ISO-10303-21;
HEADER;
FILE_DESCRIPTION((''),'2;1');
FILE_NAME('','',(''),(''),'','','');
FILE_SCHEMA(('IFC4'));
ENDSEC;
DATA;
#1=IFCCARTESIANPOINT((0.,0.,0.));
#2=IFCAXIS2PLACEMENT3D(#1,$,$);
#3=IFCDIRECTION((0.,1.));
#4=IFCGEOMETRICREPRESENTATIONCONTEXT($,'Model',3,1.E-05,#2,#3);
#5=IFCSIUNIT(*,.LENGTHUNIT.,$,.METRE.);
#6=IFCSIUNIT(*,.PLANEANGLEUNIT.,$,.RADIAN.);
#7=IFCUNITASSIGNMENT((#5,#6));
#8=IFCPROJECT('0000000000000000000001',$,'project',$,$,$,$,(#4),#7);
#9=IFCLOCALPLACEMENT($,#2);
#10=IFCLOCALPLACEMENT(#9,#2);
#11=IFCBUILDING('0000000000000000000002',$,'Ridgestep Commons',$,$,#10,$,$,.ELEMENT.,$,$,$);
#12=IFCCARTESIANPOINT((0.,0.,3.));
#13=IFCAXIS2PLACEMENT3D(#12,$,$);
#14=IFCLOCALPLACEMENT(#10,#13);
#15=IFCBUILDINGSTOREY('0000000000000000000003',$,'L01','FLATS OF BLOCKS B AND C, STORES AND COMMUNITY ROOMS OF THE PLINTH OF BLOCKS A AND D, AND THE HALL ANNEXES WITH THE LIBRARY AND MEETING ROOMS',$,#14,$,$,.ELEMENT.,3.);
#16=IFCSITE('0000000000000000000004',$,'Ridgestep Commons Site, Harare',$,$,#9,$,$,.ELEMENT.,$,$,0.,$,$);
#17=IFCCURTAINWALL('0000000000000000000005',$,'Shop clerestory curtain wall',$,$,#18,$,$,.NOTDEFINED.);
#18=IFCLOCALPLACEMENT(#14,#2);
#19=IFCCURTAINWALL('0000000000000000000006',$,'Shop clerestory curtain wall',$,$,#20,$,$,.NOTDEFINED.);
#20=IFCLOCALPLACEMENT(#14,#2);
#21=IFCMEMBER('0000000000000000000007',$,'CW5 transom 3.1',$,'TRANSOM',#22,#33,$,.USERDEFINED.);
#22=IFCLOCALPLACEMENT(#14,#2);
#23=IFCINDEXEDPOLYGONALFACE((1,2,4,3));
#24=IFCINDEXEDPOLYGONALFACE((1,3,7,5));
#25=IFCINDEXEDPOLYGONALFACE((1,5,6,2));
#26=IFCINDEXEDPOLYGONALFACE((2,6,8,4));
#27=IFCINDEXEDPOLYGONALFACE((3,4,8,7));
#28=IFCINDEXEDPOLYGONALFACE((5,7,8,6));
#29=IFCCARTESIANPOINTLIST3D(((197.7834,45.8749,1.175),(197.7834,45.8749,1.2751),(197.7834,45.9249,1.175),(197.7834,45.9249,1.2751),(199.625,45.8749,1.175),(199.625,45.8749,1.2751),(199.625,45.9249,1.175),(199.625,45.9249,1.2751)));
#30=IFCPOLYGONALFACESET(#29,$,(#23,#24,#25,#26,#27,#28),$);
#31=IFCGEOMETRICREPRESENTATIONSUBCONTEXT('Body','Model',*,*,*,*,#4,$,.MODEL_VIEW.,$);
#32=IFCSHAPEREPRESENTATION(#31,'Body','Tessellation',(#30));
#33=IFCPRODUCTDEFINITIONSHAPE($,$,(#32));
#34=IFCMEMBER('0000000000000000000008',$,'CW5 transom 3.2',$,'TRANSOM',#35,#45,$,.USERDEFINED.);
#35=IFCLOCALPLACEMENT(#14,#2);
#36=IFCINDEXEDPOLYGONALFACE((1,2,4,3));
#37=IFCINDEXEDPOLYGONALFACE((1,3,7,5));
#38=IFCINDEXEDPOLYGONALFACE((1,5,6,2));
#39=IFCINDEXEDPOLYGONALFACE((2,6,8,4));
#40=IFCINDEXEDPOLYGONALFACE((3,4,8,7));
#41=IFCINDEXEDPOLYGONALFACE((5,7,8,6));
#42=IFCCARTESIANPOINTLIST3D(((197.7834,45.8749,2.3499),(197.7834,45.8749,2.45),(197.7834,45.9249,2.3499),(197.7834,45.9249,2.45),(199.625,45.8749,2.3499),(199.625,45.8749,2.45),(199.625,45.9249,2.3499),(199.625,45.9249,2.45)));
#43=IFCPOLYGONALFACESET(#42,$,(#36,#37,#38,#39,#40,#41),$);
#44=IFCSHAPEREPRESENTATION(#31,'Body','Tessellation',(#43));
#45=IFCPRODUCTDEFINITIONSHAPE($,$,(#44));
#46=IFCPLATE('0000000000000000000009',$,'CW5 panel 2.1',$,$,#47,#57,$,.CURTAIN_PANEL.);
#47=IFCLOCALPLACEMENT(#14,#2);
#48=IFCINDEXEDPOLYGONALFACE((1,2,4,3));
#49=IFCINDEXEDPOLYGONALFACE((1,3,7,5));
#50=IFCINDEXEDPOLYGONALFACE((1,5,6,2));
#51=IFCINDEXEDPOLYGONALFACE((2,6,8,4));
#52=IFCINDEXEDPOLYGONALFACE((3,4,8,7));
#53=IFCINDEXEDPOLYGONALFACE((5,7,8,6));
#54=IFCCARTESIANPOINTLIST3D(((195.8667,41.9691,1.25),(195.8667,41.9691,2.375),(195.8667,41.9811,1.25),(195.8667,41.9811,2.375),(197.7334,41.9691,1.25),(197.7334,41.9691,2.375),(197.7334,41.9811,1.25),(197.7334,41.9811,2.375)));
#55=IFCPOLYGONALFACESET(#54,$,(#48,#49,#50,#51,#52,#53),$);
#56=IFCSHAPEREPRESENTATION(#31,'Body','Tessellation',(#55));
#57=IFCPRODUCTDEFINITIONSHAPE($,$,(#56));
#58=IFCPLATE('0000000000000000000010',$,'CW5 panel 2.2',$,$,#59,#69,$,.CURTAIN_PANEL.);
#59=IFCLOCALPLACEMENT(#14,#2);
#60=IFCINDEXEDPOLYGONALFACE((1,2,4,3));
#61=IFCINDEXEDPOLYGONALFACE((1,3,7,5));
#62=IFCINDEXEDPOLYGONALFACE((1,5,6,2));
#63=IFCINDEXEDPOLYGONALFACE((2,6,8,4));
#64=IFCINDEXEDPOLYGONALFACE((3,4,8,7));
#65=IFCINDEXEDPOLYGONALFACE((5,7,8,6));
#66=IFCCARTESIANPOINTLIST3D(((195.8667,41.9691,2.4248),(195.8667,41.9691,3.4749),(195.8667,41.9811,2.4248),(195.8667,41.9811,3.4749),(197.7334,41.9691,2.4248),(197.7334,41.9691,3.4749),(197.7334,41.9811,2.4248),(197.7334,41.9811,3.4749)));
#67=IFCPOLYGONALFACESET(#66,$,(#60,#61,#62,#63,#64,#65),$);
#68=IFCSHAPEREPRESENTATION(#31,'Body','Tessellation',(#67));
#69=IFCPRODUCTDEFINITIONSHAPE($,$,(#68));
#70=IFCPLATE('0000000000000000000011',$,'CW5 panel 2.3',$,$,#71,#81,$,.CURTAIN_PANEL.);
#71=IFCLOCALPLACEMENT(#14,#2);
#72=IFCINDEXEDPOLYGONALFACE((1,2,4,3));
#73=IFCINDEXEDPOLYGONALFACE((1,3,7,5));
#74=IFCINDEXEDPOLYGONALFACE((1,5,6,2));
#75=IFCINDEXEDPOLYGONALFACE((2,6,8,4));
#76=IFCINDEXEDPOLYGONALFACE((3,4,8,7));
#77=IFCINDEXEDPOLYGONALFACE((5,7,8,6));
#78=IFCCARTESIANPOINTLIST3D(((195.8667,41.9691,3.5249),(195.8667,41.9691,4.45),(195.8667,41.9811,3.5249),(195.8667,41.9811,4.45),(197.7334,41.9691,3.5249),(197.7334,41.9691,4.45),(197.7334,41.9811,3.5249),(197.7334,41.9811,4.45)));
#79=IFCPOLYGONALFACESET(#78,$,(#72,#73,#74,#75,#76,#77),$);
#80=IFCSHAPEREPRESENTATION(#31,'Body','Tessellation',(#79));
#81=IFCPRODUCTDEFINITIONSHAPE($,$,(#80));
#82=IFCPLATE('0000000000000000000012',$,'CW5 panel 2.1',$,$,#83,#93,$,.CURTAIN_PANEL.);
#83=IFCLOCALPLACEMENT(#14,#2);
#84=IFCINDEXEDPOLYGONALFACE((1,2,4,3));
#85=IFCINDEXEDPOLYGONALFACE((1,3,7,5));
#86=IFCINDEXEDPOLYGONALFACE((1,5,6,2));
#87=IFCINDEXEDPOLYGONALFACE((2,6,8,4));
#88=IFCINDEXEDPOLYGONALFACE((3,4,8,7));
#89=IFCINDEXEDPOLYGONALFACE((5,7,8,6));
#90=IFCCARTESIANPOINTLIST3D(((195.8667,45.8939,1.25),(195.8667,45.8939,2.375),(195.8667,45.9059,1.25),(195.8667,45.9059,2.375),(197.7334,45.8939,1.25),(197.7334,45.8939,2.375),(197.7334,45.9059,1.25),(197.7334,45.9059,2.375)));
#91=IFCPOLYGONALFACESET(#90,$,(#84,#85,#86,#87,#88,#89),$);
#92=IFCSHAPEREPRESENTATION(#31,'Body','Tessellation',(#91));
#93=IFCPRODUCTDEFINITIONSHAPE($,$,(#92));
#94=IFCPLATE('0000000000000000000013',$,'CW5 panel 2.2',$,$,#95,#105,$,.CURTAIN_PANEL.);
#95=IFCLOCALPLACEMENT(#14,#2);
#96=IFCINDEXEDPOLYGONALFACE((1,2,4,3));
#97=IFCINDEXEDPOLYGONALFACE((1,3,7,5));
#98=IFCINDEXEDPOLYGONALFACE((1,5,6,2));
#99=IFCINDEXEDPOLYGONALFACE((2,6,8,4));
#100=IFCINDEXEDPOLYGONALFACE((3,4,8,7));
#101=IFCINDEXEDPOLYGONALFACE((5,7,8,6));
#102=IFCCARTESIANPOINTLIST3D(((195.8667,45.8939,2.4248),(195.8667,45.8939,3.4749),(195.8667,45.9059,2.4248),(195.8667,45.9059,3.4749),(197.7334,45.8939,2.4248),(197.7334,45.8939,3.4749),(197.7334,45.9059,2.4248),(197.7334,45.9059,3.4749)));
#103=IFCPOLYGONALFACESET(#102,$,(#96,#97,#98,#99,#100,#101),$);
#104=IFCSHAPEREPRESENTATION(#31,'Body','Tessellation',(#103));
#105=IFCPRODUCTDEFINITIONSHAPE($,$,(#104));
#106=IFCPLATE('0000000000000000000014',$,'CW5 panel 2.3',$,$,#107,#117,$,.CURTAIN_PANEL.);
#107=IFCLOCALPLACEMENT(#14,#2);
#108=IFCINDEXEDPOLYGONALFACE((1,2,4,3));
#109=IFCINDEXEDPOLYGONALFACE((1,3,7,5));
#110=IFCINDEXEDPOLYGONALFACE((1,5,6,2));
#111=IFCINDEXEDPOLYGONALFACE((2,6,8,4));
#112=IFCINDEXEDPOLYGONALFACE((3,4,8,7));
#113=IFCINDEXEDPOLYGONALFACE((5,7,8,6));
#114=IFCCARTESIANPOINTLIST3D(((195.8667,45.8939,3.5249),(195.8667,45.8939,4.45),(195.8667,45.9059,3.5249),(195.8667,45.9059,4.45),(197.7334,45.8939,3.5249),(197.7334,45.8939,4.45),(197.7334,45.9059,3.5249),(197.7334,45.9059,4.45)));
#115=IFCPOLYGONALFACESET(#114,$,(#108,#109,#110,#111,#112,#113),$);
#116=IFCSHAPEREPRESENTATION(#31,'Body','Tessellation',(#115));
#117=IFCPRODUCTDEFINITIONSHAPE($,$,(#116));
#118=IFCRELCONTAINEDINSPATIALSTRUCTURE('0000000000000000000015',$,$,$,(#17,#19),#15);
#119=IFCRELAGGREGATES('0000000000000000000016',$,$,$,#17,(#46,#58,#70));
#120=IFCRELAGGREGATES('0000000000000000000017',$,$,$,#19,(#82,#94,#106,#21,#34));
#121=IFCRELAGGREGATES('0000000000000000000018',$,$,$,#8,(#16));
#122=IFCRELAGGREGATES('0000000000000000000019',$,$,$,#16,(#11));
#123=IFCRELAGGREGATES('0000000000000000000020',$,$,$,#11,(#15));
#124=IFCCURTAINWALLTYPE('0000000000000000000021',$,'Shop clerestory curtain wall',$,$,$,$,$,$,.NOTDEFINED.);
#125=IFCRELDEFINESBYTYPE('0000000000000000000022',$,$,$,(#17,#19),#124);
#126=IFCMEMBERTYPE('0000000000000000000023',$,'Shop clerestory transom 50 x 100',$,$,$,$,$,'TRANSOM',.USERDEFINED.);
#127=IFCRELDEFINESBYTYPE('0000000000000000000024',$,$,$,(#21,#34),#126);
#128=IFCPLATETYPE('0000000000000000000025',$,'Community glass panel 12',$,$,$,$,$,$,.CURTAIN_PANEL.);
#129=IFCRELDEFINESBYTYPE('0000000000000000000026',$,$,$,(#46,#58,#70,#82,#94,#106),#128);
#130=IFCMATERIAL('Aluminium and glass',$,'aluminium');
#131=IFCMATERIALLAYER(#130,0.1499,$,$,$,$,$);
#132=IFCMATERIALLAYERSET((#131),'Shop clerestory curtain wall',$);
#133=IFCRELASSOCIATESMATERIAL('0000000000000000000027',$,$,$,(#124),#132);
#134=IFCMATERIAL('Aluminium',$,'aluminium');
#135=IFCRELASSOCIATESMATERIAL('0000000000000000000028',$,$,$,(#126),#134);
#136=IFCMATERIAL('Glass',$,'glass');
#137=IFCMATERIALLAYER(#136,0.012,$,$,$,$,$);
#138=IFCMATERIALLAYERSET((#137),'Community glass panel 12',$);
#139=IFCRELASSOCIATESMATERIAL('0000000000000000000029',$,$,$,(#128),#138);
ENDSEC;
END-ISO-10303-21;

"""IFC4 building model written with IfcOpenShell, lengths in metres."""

from ifc_helpers import new_model, si_unit, direction, frame, origin, origin_2d, place, context, subcontext, project, spatial, rectangle, extrude, material, layer, layer_set, material_profile, profile_set, type_object, element, aggregate, save


model = new_model("IFC4")

# Units and contexts
model_context = context("Model", 3, precision=1e-05, world=origin(), true_north=direction((0.0, 1.0)))
body_context = subcontext(model_context, "Body", "Model", "MODEL_VIEW")
ifc_project = project(units=[si_unit("LENGTHUNIT", "METRE"), si_unit("PLANEANGLEUNIT", "RADIAN")], contexts=[model_context])

# Site, building, storey
site_placement = place(None, origin())
site = spatial("IfcSite", under=ifc_project, at=site_placement, Name="Ridgestep Commons Site, Harare", CompositionType="ELEMENT", RefElevation=0.0)
building_placement = place(site_placement, origin())
building = spatial("IfcBuilding", under=site, at=building_placement, Name="Ridgestep Commons", CompositionType="ELEMENT")
storey_placement = place(building_placement, frame((0.0, 0.0, 3.0)))
storey = spatial("IfcBuildingStorey", under=building, at=storey_placement, Name="L01", Description="FLATS OF BLOCKS B AND C, STORES AND COMMUNITY ROOMS OF THE PLINTH OF BLOCKS A AND D, AND THE HALL ANNEXES WITH THE LIBRARY AND MEETING ROOMS", CompositionType="ELEMENT", Elevation=3.0)

# Curtain walls
ifc_material_1 = material(Name="Aluminium and glass", Category="aluminium")
ifc_layer_1 = layer(ifc_material_1, 0.1499)
ifc_layer_set_1 = layer_set([ifc_layer_1], Name="Shop clerestory curtain wall")
curtain_wall_type = type_object("IfcCurtainWallType", Name="Shop clerestory curtain wall", PredefinedType="NOTDEFINED", material=ifc_layer_set_1)
curtain_wall_1_placement = place(storey_placement, origin())
curtain_wall_1 = element("IfcCurtainWall", 1, at=curtain_wall_1_placement, inside=storey, type_object=curtain_wall_type, Name="Shop clerestory curtain wall", PredefinedType="NOTDEFINED")
curtain_wall_2_placement = place(storey_placement, origin())
curtain_wall_2 = element("IfcCurtainWall", 2, at=curtain_wall_2_placement, inside=storey, type_object=curtain_wall_type, Name="Shop clerestory curtain wall", PredefinedType="NOTDEFINED")

# Members
ifc_material_2 = material(Name="Aluminium", Category="aluminium")
ifc_material_profile_1 = material_profile(ifc_material_2, rectangle(XDim=0.05, YDim=0.1001, at=origin_2d()), Name="Shop clerestory transom 50 x 100")
ifc_profile_set_1 = profile_set([ifc_material_profile_1], Name="Aluminium")
member_type_1 = type_object("IfcMemberType", Name="Shop clerestory transom 50 x 100", ElementType="TRANSOM", PredefinedType="USERDEFINED", material=ifc_profile_set_1)
member_1_placement = place(storey_placement, frame((197.7834, 45.8999, 1.2251), z_axis=(1.0, 0.0, 0.0), x_axis=(0.0, 1.0, 0.0)))
member_1 = element("IfcMember", 3, at=member_1_placement, type_object=member_type_1, Name="CW5 transom 3.1", ObjectType="TRANSOM", PredefinedType="USERDEFINED", context=body_context, shape_type="SweptSolid", body=[
    extrude(rectangle(XDim=0.05, YDim=0.1001, at=origin_2d()), origin(), (0.0, 0.0, 1.0), 1.8416),
])
member_2_placement = place(storey_placement, frame((197.7834, 45.8999, 2.3999), z_axis=(1.0, 0.0, 0.0), x_axis=(0.0, 1.0, 0.0)))
member_2 = element("IfcMember", 4, at=member_2_placement, type_object=member_type_1, Name="CW5 transom 3.2", ObjectType="TRANSOM", PredefinedType="USERDEFINED", context=body_context, shape_type="SweptSolid", body=[
    extrude(rectangle(XDim=0.05, YDim=0.1001, at=origin_2d()), origin(), (0.0, 0.0, 1.0), 1.8416),
])

# Plates
ifc_material_3 = material(Name="Glass", Category="glass")
ifc_layer_2 = layer(ifc_material_3, 0.012)
ifc_layer_set_2 = layer_set([ifc_layer_2], Name="Community glass panel 12")
plate_type = type_object("IfcPlateType", Name="Community glass panel 12", PredefinedType="CURTAIN_PANEL", material=ifc_layer_set_2)
plate_1_placement = place(storey_placement, frame((196.8, 41.9751, 1.25), z_axis=(0.0, 0.0, 1.0), x_axis=(1.0, 0.0, 0.0)))
plate_1 = element("IfcPlate", 5, at=plate_1_placement, type_object=plate_type, Name="CW5 panel 2.1", PredefinedType="CURTAIN_PANEL", context=body_context, shape_type="SweptSolid", body=[
    extrude(rectangle(XDim=1.8667, YDim=0.012, at=origin_2d()), origin(), (0.0, 0.0, 1.0), 1.125),
])
plate_2_placement = place(storey_placement, frame((196.8, 41.9751, 2.4248), z_axis=(0.0, 0.0, 1.0), x_axis=(1.0, 0.0, 0.0)))
plate_2 = element("IfcPlate", 6, at=plate_2_placement, type_object=plate_type, Name="CW5 panel 2.2", PredefinedType="CURTAIN_PANEL", context=body_context, shape_type="SweptSolid", body=[
    extrude(rectangle(XDim=1.8667, YDim=0.012, at=origin_2d()), origin(), (0.0, 0.0, 1.0), 1.05),
])
plate_3_placement = place(storey_placement, frame((196.8, 41.9751, 3.5249), z_axis=(0.0, 0.0, 1.0), x_axis=(1.0, 0.0, 0.0)))
plate_3 = element("IfcPlate", 7, at=plate_3_placement, type_object=plate_type, Name="CW5 panel 2.3", PredefinedType="CURTAIN_PANEL", context=body_context, shape_type="SweptSolid", body=[
    extrude(rectangle(XDim=1.8667, YDim=0.012, at=origin_2d()), origin(), (0.0, 0.0, 1.0), 0.925),
])
aggregate(curtain_wall_1, [plate_1, plate_2, plate_3])
plate_4_placement = place(storey_placement, frame((196.8, 45.8999, 1.25), z_axis=(0.0, 0.0, 1.0), x_axis=(1.0, 0.0, 0.0)))
plate_4 = element("IfcPlate", 8, at=plate_4_placement, type_object=plate_type, Name="CW5 panel 2.1", PredefinedType="CURTAIN_PANEL", context=body_context, shape_type="SweptSolid", body=[
    extrude(rectangle(XDim=1.8667, YDim=0.012, at=origin_2d()), origin(), (0.0, 0.0, 1.0), 1.125),
])
plate_5_placement = place(storey_placement, frame((196.8, 45.8999, 2.4248), z_axis=(0.0, 0.0, 1.0), x_axis=(1.0, 0.0, 0.0)))
plate_5 = element("IfcPlate", 9, at=plate_5_placement, type_object=plate_type, Name="CW5 panel 2.2", PredefinedType="CURTAIN_PANEL", context=body_context, shape_type="SweptSolid", body=[
    extrude(rectangle(XDim=1.8667, YDim=0.012, at=origin_2d()), origin(), (0.0, 0.0, 1.0), 1.05),
])
plate_6_placement = place(storey_placement, frame((196.8, 45.8999, 3.5249), z_axis=(0.0, 0.0, 1.0), x_axis=(1.0, 0.0, 0.0)))
plate_6 = element("IfcPlate", 10, at=plate_6_placement, type_object=plate_type, Name="CW5 panel 2.3", PredefinedType="CURTAIN_PANEL", context=body_context, shape_type="SweptSolid", body=[
    extrude(rectangle(XDim=1.8667, YDim=0.012, at=origin_2d()), origin(), (0.0, 0.0, 1.0), 0.925),
])
aggregate(curtain_wall_2, [plate_4, plate_5, plate_6, member_1, member_2])

save(model, "model.ifc")
